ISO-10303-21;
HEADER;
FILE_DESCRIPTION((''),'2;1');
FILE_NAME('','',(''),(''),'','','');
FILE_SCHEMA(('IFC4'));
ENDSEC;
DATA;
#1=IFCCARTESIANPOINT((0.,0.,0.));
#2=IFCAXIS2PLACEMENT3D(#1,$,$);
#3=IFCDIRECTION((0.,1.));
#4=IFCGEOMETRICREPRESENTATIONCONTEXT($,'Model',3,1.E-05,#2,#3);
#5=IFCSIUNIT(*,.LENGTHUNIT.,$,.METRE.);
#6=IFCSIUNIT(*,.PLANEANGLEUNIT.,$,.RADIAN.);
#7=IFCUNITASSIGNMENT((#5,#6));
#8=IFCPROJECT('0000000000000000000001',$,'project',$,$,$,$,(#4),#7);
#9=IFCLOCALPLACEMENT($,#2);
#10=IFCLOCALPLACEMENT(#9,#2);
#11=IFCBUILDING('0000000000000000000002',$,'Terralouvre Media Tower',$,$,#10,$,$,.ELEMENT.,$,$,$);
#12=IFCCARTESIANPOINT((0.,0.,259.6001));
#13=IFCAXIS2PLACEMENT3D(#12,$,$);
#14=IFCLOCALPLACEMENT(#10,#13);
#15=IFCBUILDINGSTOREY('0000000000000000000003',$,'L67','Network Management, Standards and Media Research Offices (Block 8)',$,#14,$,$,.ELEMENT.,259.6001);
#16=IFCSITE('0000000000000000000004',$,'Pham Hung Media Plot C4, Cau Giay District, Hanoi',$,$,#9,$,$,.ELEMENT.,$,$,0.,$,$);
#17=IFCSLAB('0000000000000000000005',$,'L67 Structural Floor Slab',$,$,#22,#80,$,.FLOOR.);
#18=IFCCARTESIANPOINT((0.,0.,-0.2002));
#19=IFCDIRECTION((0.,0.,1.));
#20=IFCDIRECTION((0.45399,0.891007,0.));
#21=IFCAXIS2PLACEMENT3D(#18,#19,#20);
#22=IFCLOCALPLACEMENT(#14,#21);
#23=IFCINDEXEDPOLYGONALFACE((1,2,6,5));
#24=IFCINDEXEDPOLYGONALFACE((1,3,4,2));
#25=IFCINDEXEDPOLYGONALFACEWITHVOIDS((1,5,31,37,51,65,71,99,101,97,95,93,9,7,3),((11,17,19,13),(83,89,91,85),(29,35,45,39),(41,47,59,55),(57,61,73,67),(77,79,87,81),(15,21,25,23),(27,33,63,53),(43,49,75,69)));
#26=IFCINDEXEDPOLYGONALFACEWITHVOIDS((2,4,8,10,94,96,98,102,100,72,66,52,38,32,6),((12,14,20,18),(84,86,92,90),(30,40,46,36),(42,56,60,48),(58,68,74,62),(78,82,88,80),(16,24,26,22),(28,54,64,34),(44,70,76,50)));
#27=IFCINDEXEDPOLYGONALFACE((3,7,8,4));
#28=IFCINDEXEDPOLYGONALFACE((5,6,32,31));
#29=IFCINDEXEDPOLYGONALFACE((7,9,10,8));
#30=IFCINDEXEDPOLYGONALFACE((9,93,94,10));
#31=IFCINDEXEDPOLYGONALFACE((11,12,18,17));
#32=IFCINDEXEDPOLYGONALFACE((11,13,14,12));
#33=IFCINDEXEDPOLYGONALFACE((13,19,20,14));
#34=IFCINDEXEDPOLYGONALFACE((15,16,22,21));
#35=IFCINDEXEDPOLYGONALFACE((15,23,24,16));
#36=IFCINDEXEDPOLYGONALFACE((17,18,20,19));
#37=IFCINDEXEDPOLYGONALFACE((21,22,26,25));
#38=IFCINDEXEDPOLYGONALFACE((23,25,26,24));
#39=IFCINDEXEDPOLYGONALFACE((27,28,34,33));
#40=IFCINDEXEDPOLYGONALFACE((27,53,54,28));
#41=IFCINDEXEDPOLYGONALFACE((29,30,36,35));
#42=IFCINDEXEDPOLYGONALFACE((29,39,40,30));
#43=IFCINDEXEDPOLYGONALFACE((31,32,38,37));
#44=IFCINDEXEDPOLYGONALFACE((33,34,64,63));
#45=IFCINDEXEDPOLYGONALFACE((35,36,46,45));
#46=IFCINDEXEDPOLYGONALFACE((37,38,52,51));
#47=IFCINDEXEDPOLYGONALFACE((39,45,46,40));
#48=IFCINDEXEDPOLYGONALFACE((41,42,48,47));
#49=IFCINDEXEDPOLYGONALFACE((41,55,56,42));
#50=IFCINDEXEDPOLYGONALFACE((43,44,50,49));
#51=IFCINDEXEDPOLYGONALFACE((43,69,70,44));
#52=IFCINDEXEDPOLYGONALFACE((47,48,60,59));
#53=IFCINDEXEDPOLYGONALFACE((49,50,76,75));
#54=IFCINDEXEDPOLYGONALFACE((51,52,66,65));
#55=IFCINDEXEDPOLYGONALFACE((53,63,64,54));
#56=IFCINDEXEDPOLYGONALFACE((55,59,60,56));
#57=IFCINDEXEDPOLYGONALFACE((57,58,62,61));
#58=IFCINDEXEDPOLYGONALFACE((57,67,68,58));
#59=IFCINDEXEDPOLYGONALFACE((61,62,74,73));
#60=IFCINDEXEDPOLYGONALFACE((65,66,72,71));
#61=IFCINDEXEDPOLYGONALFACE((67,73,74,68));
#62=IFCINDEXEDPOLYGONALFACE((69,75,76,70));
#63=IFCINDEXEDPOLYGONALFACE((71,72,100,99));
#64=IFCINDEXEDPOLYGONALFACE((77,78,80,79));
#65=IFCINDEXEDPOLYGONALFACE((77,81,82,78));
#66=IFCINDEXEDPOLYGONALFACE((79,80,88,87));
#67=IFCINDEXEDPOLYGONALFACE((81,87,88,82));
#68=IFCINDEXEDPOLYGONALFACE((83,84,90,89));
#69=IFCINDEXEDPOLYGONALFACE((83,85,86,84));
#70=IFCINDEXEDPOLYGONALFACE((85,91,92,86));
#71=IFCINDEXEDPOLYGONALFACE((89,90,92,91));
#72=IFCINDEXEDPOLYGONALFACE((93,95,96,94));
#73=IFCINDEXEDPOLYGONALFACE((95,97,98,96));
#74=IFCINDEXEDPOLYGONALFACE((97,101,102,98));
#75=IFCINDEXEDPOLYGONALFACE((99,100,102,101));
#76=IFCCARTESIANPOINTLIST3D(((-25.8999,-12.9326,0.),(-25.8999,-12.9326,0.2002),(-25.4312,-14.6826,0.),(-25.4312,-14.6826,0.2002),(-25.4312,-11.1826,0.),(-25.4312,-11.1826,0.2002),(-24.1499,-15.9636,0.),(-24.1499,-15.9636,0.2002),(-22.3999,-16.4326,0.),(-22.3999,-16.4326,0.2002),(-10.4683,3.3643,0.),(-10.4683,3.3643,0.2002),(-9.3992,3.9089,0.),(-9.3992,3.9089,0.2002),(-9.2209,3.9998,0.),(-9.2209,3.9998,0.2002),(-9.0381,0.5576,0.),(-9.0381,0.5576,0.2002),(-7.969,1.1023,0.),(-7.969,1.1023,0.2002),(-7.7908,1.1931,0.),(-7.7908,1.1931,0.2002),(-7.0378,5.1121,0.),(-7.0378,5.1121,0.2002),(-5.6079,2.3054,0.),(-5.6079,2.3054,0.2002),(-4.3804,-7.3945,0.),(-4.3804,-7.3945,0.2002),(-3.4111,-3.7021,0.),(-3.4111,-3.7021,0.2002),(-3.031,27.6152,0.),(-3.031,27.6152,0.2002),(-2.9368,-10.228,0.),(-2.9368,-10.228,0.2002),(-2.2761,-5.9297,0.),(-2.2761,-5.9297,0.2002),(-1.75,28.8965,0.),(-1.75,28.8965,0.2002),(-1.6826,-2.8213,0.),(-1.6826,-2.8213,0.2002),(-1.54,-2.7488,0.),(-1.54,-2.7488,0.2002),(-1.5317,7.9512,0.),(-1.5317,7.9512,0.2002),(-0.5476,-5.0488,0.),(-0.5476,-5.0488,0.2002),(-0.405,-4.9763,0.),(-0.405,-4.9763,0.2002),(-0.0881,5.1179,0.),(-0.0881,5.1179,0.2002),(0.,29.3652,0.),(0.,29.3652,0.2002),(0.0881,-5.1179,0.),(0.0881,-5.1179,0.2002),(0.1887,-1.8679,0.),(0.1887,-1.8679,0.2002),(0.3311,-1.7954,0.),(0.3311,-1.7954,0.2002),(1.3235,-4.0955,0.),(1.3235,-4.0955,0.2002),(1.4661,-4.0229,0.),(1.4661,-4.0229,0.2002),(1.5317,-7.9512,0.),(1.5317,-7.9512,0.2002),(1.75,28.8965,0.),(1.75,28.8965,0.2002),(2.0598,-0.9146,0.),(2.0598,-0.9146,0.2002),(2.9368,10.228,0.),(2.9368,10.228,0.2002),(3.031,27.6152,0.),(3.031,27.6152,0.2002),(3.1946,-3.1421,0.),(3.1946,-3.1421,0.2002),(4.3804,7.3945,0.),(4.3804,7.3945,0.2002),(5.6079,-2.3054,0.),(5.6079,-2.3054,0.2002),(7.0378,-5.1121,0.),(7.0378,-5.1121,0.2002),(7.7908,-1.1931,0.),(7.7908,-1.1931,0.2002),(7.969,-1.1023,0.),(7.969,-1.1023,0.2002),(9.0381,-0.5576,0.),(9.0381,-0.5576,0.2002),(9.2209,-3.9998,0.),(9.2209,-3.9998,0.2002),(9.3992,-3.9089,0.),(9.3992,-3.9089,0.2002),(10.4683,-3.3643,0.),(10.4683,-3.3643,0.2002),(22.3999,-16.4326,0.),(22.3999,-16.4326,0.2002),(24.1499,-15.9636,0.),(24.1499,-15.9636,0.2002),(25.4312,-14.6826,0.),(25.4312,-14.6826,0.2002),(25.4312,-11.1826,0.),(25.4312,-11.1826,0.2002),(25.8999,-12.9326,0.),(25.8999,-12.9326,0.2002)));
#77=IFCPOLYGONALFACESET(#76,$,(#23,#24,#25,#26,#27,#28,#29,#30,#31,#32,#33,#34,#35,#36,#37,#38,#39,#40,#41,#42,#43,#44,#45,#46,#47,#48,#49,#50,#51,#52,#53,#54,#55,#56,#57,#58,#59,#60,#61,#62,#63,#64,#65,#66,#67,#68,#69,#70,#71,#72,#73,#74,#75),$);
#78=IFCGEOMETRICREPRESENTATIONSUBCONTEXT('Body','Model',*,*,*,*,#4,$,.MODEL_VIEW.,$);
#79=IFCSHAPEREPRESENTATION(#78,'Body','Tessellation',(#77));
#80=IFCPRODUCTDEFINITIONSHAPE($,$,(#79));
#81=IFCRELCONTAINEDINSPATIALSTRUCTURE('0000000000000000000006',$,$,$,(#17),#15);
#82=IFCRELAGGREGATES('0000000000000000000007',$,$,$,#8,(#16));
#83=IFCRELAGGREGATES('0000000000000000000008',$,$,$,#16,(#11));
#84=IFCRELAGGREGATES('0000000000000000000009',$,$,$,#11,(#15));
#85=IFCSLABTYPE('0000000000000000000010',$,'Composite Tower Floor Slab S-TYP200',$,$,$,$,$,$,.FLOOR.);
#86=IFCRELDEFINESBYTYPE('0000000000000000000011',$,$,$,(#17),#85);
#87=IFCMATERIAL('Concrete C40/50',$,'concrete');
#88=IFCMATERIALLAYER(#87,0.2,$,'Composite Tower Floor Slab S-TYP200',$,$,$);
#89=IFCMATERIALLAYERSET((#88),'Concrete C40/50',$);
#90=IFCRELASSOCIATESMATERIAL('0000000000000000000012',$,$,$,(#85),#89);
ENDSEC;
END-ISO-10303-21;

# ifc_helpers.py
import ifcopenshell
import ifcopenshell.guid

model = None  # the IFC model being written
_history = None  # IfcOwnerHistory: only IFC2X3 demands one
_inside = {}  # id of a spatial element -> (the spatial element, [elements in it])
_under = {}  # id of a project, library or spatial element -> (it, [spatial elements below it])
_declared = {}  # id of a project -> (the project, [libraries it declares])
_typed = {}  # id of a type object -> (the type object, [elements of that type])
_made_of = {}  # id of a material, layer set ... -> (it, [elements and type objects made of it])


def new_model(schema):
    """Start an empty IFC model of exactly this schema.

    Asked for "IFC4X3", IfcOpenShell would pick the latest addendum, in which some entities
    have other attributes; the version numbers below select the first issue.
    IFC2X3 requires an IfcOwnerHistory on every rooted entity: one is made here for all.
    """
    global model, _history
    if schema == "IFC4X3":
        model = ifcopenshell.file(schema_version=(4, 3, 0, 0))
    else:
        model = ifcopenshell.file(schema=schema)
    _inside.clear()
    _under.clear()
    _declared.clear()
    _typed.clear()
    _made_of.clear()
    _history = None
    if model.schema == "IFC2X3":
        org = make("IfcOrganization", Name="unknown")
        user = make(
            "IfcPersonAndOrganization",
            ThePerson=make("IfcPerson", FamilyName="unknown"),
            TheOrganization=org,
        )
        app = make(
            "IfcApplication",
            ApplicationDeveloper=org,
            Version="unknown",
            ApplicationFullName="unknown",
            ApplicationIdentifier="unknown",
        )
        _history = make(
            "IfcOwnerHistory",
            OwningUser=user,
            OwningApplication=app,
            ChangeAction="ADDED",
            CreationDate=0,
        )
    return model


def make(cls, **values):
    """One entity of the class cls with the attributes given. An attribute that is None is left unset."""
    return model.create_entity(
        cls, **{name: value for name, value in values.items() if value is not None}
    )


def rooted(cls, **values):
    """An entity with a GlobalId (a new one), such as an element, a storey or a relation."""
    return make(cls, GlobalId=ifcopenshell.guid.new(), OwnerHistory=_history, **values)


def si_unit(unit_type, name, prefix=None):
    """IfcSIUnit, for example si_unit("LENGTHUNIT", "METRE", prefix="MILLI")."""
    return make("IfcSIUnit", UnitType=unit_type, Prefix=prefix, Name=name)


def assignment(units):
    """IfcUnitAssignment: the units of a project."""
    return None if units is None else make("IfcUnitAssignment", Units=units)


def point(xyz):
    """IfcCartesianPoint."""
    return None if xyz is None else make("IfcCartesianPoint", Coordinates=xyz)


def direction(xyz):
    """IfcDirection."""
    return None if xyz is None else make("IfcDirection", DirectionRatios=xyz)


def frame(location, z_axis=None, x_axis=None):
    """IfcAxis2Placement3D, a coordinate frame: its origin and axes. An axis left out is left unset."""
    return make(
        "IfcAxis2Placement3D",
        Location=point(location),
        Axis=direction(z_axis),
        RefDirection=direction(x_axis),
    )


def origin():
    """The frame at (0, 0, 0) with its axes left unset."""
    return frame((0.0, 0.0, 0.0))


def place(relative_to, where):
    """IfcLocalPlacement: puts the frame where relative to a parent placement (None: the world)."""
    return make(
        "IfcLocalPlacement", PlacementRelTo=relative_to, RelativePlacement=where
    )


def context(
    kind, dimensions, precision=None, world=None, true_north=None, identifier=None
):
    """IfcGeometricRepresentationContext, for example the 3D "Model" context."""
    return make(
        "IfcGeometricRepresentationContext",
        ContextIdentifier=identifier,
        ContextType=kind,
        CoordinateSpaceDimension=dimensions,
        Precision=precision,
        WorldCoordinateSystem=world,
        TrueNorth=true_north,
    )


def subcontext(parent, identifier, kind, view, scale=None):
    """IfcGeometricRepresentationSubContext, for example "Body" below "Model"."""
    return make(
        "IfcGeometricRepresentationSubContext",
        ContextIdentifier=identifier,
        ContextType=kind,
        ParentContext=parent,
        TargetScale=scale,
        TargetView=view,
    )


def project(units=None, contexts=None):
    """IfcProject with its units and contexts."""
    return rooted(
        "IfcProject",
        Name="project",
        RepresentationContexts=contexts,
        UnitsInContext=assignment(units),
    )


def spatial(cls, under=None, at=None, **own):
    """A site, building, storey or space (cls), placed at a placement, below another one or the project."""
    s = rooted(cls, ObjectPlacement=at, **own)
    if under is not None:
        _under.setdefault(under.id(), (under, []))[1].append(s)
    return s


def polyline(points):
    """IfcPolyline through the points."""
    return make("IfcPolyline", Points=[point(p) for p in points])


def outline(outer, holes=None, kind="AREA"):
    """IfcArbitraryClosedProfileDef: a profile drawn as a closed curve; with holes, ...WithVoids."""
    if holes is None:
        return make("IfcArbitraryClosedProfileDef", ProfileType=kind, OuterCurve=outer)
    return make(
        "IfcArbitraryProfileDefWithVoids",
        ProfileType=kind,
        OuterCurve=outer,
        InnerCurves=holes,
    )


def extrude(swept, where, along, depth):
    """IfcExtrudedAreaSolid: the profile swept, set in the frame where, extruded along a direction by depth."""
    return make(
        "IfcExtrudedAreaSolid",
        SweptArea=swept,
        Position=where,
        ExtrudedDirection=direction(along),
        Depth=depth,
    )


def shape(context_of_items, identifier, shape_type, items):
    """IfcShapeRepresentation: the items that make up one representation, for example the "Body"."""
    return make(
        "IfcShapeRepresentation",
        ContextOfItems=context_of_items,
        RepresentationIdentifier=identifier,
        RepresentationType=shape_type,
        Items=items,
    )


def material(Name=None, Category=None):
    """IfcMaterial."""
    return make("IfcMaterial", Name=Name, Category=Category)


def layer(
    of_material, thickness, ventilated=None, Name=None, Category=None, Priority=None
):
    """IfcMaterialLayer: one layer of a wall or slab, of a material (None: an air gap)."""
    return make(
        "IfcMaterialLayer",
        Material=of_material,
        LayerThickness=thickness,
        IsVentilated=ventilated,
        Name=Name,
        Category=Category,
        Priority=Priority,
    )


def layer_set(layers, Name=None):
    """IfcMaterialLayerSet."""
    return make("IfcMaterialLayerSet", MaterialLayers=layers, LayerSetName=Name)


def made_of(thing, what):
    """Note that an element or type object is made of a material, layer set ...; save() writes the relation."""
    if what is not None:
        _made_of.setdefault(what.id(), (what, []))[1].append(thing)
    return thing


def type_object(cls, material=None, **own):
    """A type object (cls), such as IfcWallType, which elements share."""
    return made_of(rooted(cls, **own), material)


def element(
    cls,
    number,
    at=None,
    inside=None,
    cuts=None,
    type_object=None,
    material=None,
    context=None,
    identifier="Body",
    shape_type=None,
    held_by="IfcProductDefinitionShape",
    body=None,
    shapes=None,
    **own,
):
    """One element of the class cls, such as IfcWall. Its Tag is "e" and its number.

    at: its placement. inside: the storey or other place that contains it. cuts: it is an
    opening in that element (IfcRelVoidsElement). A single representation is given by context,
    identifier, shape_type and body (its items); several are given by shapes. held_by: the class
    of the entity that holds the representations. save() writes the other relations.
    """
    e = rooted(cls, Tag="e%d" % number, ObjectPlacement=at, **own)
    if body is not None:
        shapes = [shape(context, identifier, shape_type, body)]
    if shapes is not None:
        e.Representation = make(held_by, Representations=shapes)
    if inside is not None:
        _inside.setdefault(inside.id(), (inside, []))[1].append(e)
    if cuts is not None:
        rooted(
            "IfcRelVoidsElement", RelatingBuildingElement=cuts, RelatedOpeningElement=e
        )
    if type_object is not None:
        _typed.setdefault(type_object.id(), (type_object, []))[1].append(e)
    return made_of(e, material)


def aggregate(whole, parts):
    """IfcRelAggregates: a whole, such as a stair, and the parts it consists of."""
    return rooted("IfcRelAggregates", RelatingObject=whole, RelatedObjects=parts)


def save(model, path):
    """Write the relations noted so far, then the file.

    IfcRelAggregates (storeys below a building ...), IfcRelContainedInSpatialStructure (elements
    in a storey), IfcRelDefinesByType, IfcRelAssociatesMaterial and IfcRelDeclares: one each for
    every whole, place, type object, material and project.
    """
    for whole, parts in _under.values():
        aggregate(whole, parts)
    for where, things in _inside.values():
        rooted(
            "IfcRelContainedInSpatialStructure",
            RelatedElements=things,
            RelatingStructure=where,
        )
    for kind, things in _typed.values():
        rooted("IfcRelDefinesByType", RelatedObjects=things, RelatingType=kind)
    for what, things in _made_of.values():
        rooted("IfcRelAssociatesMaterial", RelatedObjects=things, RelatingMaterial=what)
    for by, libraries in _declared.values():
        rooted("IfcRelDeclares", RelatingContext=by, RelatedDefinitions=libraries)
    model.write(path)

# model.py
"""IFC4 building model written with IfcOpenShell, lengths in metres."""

from ifc_helpers import new_model, si_unit, direction, frame, origin, place, context, subcontext, project, spatial, polyline, outline, extrude, material, layer, layer_set, type_object, element, save


model = new_model("IFC4")

# Units and contexts
model_context = context("Model", 3, precision=1e-05, world=origin(), true_north=direction((0.0, 1.0)))
body_context = subcontext(model_context, "Body", "Model", "MODEL_VIEW")
ifc_project = project(units=[si_unit("LENGTHUNIT", "METRE"), si_unit("PLANEANGLEUNIT", "RADIAN")], contexts=[model_context])

# Site, building, storey
site_placement = place(None, origin())
site = spatial("IfcSite", under=ifc_project, at=site_placement, Name="Pham Hung Media Plot C4, Cau Giay District, Hanoi", CompositionType="ELEMENT", RefElevation=0.0)
building_placement = place(site_placement, origin())
building = spatial("IfcBuilding", under=site, at=building_placement, Name="Terralouvre Media Tower", CompositionType="ELEMENT")
storey_placement = place(building_placement, frame((0.0, 0.0, 259.6001)))
storey = spatial("IfcBuildingStorey", under=building, at=storey_placement, Name="L67", Description="Network Management, Standards and Media Research Offices (Block 8)", CompositionType="ELEMENT", Elevation=259.6001)

# Slab
ifc_material_1 = material(Name="Concrete C40/50", Category="concrete")
ifc_layer_1 = layer(ifc_material_1, 0.2, Name="Composite Tower Floor Slab S-TYP200")
ifc_layer_set_1 = layer_set([ifc_layer_1], Name="Concrete C40/50")
slab_type = type_object("IfcSlabType", Name="Composite Tower Floor Slab S-TYP200", PredefinedType="FLOOR", material=ifc_layer_set_1)
slab_placement = place(storey_placement, frame((0.0, 0.0, -0.2002), z_axis=(0.0, 0.0, 1.0), x_axis=(0.45399, 0.891007, 0.0)))
element("IfcSlab", 1, at=slab_placement, inside=storey, type_object=slab_type, Name="L67 Structural Floor Slab", PredefinedType="FLOOR", context=body_context, shape_type="SweptSolid", body=[
    extrude(outline(polyline([(-25.4312, -11.1826), (-25.8999, -12.9326), (-25.4312, -14.6826), (-24.1499, -15.9636), (-22.3999, -16.4326), (22.3999, -16.4326), (24.1499, -15.9636), (25.4312, -14.6826), (25.8999, -12.9326), (25.4312, -11.1826), (3.031, 27.6152), (1.75, 28.8965), (0.0, 29.3652), (-1.75, 28.8965), (-3.031, 27.6152), (-25.4312, -11.1826)]), holes=[polyline([(-7.969, 1.1023), (-9.0381, 0.5576), (-10.4683, 3.3643), (-9.3992, 3.9089), (-7.969, 1.1023)]), polyline([(-5.6079, 2.3054), (-7.7908, 1.1931), (-9.2209, 3.9998), (-7.0378, 5.1121), (-5.6079, 2.3054)]), polyline([(-4.3804, -7.3945), (0.0881, -5.1179), (1.5317, -7.9512), (-2.9368, -10.228), (-4.3804, -7.3945)]), polyline([(-0.5476, -5.0488), (-2.2761, -5.9297), (-3.4111, -3.7021), (-1.6826, -2.8213), (-0.5476, -5.0488)]), polyline([(1.3235, -4.0955), (-0.405, -4.9763), (-1.54, -2.7488), (0.1887, -1.8679), (1.3235, -4.0955)]), polyline([(3.1946, -3.1421), (1.4661, -4.0229), (0.3311, -1.7954), (2.0598, -0.9146), (3.1946, -3.1421)]), polyline([(4.3804, 7.3945), (-0.0881, 5.1179), (-1.5317, 7.9512), (2.9368, 10.228), (4.3804, 7.3945)]), polyline([(7.0378, -5.1121), (5.6079, -2.3054), (7.7908, -1.1931), (9.2209, -3.9998), (7.0378, -5.1121)]), polyline([(9.3992, -3.9089), (7.969, -1.1023), (9.0381, -0.5576), (10.4683, -3.3643), (9.3992, -3.9089)])]), origin(), (0.0, 0.0, 1.0), 0.2002),
])

save(model, "model.ifc")
